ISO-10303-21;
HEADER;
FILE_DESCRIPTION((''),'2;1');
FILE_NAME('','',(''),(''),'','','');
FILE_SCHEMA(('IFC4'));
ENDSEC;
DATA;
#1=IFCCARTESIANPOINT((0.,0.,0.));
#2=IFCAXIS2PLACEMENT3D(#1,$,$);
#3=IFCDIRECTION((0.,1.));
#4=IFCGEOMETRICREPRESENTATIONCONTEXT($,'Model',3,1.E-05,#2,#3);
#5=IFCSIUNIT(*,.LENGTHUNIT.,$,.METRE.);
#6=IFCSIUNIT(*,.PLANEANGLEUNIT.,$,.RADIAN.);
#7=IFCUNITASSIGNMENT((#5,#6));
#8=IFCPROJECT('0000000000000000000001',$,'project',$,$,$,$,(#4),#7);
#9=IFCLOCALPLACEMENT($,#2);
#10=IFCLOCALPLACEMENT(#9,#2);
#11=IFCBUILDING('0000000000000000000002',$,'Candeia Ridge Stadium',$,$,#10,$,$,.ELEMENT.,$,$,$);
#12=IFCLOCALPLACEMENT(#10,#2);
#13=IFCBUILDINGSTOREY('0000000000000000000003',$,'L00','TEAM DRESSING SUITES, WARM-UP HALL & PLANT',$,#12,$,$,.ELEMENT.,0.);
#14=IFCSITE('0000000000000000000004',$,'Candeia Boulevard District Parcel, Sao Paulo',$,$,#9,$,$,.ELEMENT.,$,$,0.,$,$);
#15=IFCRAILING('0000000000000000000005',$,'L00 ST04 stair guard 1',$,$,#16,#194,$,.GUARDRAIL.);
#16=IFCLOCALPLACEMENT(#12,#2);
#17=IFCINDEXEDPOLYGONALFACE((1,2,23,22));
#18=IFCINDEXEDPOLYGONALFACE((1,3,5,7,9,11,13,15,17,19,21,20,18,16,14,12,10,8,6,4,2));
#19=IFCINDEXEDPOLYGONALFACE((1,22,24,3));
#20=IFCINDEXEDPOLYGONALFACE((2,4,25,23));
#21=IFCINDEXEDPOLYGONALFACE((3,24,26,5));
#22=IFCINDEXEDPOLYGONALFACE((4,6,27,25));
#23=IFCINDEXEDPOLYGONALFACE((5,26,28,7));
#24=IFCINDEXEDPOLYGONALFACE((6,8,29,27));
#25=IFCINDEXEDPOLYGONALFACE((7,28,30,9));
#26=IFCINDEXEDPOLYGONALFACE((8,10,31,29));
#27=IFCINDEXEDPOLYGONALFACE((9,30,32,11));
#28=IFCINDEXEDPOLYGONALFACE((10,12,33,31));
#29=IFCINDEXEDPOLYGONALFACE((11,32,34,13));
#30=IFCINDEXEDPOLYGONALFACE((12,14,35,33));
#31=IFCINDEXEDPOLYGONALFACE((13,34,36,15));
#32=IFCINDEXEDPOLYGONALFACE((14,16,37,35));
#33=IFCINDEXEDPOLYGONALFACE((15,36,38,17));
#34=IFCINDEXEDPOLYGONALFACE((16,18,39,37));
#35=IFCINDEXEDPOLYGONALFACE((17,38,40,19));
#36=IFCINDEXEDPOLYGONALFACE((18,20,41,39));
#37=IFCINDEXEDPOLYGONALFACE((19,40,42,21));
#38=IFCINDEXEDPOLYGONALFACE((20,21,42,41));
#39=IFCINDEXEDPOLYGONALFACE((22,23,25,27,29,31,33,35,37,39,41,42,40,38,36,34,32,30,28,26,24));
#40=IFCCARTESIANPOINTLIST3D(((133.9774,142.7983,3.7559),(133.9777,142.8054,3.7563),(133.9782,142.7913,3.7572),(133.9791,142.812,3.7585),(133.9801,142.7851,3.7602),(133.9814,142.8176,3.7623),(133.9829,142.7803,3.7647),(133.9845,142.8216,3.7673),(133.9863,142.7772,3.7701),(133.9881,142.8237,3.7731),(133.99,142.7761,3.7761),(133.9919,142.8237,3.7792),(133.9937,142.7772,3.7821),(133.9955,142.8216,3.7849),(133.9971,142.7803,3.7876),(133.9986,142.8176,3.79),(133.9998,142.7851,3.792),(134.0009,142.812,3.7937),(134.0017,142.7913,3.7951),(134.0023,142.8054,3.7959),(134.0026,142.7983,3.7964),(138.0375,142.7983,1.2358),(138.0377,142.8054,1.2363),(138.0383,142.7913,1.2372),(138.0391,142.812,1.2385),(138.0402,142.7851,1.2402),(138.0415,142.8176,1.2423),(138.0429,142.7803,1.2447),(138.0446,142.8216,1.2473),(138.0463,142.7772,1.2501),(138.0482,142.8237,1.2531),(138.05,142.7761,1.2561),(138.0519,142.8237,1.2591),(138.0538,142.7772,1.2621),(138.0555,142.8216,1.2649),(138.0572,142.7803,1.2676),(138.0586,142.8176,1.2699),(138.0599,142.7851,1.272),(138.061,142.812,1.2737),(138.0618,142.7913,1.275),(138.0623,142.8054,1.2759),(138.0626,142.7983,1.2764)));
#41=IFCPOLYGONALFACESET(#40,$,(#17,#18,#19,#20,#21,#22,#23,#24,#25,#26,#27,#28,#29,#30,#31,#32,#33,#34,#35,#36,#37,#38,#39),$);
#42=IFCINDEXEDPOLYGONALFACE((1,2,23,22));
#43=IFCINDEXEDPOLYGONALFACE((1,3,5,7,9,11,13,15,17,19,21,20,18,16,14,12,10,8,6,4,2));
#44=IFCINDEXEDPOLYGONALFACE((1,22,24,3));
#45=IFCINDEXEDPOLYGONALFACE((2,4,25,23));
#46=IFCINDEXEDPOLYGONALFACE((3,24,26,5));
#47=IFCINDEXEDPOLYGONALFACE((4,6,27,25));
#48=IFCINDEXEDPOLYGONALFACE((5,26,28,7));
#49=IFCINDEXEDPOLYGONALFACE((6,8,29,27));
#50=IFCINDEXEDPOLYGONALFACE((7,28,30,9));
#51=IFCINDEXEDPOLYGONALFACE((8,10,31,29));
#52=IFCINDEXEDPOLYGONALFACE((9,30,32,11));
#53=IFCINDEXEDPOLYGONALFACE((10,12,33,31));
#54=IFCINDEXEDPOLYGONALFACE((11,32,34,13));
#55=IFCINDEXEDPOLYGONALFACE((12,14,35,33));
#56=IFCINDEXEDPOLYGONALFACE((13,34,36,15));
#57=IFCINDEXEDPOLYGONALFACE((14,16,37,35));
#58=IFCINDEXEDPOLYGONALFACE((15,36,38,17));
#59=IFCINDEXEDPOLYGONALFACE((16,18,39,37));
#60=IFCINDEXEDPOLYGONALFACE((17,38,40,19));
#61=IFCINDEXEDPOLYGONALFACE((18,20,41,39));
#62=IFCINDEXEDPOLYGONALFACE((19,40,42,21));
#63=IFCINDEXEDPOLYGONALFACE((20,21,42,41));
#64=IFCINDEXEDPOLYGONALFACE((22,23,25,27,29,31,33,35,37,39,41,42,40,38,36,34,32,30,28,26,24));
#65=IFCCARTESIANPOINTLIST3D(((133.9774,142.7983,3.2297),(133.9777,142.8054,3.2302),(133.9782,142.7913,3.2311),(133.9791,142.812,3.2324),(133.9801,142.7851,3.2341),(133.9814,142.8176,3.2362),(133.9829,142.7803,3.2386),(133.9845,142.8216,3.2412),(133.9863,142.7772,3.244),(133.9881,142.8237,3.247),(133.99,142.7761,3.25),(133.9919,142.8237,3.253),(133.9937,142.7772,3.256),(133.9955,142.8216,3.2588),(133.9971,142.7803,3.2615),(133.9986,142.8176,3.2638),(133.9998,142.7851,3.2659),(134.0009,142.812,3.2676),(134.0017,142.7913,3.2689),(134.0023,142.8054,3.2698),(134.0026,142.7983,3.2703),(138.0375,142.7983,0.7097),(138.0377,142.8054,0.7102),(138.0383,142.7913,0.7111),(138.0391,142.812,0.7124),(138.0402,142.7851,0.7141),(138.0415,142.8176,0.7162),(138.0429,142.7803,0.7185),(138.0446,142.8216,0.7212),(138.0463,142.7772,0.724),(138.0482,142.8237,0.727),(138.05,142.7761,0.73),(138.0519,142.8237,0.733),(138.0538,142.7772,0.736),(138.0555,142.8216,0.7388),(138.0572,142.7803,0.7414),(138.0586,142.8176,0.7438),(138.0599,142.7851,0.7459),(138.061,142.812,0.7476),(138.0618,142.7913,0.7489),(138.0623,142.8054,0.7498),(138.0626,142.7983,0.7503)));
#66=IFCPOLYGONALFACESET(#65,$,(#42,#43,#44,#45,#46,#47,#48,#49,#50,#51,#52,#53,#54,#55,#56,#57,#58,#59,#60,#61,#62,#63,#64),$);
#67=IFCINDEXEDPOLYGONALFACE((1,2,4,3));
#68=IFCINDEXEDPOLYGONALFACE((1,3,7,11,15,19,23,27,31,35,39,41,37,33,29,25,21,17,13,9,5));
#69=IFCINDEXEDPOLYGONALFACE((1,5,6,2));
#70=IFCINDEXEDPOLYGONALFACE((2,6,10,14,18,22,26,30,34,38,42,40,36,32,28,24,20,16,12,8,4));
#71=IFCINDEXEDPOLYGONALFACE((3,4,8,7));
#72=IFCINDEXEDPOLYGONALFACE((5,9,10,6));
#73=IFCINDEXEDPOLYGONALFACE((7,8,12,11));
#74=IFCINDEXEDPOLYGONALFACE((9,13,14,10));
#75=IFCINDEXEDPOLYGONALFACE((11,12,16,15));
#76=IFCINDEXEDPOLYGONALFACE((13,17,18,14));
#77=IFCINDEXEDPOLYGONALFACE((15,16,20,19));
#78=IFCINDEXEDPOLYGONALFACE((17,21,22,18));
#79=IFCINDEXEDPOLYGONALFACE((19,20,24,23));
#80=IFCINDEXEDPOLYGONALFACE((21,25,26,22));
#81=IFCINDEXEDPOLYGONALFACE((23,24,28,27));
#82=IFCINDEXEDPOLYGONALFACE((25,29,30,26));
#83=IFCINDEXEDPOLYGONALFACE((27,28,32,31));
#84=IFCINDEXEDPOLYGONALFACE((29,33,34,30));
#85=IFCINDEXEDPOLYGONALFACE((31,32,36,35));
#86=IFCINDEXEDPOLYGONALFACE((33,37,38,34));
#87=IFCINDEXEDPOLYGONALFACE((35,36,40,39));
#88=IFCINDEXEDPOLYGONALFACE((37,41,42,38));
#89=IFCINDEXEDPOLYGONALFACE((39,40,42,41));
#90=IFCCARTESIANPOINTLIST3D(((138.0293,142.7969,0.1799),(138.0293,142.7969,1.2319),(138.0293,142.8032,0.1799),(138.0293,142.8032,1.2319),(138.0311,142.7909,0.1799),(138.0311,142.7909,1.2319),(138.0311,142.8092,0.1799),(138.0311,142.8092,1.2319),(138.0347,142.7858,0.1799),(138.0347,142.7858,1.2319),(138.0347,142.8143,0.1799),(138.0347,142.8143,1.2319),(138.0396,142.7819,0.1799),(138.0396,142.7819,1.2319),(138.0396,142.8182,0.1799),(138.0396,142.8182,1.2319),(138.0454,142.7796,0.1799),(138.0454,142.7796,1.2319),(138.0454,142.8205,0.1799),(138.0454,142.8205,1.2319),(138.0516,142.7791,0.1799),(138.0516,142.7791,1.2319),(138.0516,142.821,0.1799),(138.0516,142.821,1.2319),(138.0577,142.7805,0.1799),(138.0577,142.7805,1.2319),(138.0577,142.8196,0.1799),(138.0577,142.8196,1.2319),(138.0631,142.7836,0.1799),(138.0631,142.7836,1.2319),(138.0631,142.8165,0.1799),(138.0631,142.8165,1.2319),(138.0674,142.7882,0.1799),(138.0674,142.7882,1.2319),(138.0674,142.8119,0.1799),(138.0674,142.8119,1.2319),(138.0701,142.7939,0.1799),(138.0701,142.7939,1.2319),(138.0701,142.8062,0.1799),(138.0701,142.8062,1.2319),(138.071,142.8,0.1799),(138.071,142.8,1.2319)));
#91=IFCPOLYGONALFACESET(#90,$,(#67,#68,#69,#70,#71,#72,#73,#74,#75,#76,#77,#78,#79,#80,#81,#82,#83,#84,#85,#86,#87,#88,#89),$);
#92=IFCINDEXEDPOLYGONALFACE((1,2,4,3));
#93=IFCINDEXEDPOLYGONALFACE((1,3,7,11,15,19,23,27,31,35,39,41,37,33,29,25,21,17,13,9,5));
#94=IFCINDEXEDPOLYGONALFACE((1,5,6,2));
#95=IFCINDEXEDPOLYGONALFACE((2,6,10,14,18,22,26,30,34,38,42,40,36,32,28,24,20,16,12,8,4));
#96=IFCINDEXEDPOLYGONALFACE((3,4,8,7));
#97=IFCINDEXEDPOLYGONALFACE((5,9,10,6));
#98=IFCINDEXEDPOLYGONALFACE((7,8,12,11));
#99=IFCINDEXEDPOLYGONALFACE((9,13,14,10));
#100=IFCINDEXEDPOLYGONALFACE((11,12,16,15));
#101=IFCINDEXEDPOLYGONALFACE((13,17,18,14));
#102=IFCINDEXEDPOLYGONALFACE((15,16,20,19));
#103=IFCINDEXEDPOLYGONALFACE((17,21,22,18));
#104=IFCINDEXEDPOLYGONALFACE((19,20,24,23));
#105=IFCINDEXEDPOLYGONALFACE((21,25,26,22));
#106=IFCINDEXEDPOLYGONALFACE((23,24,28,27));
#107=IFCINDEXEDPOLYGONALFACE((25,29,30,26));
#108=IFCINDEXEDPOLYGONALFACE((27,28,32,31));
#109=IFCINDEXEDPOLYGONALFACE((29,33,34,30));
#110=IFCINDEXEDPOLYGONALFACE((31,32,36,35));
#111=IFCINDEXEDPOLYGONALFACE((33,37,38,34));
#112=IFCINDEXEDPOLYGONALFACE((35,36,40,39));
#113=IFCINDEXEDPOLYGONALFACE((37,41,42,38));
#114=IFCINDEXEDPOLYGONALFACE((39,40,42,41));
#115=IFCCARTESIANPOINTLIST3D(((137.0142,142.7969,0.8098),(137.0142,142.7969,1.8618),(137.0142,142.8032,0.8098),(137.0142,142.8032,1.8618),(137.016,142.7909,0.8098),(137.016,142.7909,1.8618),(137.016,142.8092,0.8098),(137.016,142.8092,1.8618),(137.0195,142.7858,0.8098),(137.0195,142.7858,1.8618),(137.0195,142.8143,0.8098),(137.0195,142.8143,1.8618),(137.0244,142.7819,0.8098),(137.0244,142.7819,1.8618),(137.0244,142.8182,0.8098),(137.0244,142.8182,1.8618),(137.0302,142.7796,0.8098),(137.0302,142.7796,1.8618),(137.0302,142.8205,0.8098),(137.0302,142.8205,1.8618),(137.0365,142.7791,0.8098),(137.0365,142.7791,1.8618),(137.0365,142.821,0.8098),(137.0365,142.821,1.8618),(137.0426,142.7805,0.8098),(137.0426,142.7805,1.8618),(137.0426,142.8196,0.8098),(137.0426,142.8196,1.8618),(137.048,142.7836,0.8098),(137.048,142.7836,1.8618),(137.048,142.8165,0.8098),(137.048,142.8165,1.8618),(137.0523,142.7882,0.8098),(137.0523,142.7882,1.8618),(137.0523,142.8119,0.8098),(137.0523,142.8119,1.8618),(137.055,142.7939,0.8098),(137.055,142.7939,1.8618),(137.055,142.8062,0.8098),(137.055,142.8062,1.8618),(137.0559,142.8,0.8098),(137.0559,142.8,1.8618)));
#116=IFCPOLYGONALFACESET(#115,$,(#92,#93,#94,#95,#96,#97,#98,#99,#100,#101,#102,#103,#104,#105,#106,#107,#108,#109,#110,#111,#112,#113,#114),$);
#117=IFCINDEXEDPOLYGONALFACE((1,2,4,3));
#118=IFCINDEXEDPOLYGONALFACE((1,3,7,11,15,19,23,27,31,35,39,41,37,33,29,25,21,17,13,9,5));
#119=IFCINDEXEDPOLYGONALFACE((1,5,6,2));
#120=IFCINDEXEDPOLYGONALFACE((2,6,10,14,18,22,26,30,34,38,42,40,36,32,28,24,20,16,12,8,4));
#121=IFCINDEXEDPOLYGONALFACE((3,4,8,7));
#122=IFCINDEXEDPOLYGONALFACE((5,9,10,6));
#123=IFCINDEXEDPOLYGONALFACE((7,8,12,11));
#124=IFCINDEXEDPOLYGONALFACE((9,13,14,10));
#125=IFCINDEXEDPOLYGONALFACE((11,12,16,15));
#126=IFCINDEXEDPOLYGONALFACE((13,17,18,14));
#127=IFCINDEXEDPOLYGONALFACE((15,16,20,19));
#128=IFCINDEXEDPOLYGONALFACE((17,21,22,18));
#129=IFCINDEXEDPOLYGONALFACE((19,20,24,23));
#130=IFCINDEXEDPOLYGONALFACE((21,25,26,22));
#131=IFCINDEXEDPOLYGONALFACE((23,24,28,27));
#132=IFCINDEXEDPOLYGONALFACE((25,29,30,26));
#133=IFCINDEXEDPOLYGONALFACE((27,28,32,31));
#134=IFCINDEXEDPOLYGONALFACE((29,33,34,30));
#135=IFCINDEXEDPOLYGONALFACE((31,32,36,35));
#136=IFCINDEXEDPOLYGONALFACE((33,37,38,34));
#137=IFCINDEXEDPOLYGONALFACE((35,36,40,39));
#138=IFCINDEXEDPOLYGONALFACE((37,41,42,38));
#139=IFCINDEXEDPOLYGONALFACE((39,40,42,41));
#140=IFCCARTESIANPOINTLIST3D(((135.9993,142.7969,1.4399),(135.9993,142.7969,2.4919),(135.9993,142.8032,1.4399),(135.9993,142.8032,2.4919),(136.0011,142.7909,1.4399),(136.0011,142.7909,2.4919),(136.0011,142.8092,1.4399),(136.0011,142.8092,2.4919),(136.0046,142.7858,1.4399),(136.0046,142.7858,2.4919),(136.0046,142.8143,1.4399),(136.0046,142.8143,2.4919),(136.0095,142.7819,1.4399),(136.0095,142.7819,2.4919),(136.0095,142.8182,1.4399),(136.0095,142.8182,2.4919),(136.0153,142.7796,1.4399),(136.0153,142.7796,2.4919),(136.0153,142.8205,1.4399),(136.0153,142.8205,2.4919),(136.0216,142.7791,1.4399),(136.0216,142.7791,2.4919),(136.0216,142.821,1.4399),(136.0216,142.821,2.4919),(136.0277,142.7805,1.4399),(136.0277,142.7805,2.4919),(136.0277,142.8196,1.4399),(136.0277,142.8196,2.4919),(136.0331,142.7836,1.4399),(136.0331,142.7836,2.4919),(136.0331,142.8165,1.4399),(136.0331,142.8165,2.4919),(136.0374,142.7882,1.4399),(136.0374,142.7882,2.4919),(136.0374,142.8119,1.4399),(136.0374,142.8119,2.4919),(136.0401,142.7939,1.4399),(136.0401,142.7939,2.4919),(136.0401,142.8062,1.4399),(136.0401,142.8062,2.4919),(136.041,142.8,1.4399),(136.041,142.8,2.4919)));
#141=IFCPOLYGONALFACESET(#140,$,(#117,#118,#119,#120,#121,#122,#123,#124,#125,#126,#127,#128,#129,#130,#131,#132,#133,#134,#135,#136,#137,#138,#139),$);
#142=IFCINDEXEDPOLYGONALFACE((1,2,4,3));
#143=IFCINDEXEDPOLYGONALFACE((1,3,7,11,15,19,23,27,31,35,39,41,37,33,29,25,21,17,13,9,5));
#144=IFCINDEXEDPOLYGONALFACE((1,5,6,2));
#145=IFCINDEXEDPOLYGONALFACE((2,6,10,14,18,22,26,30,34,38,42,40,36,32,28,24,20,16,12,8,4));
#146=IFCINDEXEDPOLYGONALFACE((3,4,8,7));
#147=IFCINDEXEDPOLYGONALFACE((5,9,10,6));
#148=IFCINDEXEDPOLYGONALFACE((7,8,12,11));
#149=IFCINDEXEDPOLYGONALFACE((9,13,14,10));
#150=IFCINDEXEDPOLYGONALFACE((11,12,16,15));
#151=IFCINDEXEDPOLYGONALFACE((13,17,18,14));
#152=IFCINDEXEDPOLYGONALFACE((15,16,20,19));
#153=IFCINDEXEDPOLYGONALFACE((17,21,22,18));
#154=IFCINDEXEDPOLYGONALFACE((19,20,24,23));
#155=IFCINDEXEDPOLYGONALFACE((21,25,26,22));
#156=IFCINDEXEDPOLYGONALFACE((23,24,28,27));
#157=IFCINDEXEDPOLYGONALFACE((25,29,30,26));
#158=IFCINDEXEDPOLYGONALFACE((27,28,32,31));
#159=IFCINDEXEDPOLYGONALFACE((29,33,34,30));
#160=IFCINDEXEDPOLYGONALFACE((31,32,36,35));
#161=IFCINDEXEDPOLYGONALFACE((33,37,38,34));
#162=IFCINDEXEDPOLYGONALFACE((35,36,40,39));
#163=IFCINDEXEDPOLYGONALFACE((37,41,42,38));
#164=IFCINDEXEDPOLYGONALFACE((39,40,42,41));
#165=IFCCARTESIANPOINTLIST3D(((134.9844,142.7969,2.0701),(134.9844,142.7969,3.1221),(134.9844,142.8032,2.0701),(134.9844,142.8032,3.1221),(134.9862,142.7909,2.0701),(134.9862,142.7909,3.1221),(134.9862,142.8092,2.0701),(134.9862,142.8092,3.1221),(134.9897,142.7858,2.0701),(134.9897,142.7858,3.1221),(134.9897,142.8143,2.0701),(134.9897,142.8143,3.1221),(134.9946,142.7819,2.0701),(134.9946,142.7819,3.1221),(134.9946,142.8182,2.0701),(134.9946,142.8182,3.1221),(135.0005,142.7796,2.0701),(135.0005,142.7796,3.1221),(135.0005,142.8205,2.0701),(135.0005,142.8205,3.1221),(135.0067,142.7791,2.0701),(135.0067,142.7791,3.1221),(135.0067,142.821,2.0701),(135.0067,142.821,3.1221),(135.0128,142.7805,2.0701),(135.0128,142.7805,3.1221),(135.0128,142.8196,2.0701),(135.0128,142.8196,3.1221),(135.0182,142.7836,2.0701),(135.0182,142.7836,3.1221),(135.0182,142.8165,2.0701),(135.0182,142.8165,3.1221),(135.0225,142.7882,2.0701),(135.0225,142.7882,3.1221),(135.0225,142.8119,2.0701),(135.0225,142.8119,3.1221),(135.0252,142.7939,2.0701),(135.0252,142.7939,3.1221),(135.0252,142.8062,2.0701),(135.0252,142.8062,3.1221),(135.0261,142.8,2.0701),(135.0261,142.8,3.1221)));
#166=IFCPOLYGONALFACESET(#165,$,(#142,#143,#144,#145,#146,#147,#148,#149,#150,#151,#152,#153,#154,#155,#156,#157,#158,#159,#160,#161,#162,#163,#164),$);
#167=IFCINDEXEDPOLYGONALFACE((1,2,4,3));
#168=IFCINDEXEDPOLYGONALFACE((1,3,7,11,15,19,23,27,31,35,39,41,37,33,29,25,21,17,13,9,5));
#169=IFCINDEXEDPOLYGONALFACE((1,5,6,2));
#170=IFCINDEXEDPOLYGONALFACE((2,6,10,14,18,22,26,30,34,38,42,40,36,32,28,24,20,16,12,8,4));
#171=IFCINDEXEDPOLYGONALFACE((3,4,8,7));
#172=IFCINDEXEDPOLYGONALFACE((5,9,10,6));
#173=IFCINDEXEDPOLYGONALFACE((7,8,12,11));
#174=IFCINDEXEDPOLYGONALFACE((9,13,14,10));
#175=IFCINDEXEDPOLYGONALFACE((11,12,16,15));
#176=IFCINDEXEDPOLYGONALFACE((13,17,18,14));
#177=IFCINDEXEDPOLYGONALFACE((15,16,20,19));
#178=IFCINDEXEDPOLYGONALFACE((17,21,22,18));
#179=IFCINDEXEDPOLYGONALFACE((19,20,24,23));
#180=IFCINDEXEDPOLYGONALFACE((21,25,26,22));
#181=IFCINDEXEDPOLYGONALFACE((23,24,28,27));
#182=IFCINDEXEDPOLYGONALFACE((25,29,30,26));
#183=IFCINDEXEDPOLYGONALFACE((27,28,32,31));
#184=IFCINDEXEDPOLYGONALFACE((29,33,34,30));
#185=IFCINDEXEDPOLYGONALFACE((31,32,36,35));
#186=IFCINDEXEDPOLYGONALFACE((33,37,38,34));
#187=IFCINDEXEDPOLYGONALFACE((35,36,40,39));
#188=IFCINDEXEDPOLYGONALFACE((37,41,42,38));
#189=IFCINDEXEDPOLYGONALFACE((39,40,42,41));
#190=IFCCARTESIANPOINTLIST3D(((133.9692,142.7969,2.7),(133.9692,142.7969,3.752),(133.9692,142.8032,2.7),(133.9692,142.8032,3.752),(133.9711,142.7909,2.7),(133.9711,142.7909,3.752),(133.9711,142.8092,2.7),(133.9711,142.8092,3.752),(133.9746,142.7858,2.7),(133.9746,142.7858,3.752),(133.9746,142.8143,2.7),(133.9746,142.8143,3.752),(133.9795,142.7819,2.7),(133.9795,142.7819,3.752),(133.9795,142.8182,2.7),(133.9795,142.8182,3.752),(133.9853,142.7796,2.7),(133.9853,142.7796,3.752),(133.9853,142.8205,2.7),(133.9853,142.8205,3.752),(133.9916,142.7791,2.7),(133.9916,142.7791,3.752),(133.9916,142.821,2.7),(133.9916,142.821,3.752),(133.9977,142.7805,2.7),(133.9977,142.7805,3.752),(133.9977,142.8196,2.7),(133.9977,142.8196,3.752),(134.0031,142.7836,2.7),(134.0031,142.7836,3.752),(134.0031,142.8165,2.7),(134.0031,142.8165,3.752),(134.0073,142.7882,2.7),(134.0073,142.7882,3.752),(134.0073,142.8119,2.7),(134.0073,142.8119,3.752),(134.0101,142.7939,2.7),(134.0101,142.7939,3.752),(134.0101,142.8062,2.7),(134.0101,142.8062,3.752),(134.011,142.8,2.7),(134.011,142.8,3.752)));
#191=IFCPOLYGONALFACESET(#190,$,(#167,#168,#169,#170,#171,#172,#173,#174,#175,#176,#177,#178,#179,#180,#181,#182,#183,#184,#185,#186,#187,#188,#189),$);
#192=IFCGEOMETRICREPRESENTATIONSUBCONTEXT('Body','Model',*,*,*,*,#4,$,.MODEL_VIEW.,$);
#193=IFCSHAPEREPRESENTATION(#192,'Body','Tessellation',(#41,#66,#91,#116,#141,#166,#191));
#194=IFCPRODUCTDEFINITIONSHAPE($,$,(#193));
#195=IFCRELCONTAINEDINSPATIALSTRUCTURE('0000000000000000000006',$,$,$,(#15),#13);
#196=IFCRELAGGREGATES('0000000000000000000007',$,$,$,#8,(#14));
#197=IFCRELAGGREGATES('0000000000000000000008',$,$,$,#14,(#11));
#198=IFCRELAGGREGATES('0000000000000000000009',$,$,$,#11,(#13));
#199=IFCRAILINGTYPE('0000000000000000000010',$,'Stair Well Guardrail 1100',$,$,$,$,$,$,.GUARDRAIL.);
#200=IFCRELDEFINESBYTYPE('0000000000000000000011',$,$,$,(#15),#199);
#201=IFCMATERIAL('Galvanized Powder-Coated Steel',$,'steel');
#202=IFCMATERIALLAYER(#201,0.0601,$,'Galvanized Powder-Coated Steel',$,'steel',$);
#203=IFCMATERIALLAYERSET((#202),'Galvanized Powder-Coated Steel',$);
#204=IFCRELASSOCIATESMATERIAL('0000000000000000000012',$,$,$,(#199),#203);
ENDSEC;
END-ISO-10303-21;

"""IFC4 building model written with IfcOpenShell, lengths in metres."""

from ifc_helpers import new_model, si_unit, direction, frame, origin, origin_2d, place, context, subcontext, project, spatial, circle, extrude, material, layer, layer_set, type_object, element, save


model = new_model("IFC4")

# Units and contexts
model_context = context("Model", 3, precision=1e-05, world=origin(), true_north=direction((0.0, 1.0)))
body_context = subcontext(model_context, "Body", "Model", "MODEL_VIEW")
ifc_project = project(units=[si_unit("LENGTHUNIT", "METRE"), si_unit("PLANEANGLEUNIT", "RADIAN")], contexts=[model_context])

# Site, building, storey
site_placement = place(None, origin())
site = spatial("IfcSite", under=ifc_project, at=site_placement, Name="Candeia Boulevard District Parcel, Sao Paulo", CompositionType="ELEMENT", RefElevation=0.0)
building_placement = place(site_placement, origin())
building = spatial("IfcBuilding", under=site, at=building_placement, Name="Candeia Ridge Stadium", CompositionType="ELEMENT")
storey_placement = place(building_placement, origin())
storey = spatial("IfcBuildingStorey", under=building, at=storey_placement, Name="L00", Description="TEAM DRESSING SUITES, WARM-UP HALL & PLANT", CompositionType="ELEMENT", Elevation=0.0)

# Railing
ifc_material_1 = material(Name="Galvanized Powder-Coated Steel", Category="steel")
ifc_layer_1 = layer(ifc_material_1, 0.0601, Name="Galvanized Powder-Coated Steel", Category="steel")
ifc_layer_set_1 = layer_set([ifc_layer_1], Name="Galvanized Powder-Coated Steel")
railing_type_1 = type_object("IfcRailingType", Name="Stair Well Guardrail 1100", PredefinedType="GUARDRAIL", material=ifc_layer_set_1)
railing_1_placement = place(storey_placement, frame((138.05, 142.8, 0.1799)))
element("IfcRailing", 1, at=railing_1_placement, inside=storey, type_object=railing_type_1, Name="L00 ST04 stair guard 1", PredefinedType="GUARDRAIL", context=body_context, shape_type="SweptSolid", body=[
    extrude(circle(Radius=0.0239, at=origin_2d()), frame((0.0, 0.0, 1.0762), z_axis=(-0.849642, 0.0, 0.52736), x_axis=(0.0, -1.0, 0.0)), (0.0, 0.0, 1.0), 4.7786),
    extrude(circle(Radius=0.0239, at=origin_2d()), frame((0.0, 0.0, 0.55), z_axis=(-0.849642, 0.0, 0.52736), x_axis=(0.0, -1.0, 0.0)), (0.0, 0.0, 1.0), 4.7786),
    extrude(circle(Radius=0.021, at=origin_2d()), origin(), (0.0, 0.0, 1.0), 1.052),
    extrude(circle(Radius=0.021, at=origin_2d()), frame((-1.0151, 0.0, 0.6299)), (0.0, 0.0, 1.0), 1.052),
    extrude(circle(Radius=0.021, at=origin_2d()), frame((-2.03, 0.0, 1.26)), (0.0, 0.0, 1.0), 1.052),
    extrude(circle(Radius=0.021, at=origin_2d()), frame((-3.0449, 0.0, 1.8901)), (0.0, 0.0, 1.0), 1.052),
    extrude(circle(Radius=0.021, at=origin_2d()), frame((-4.0601, 0.0, 2.52)), (0.0, 0.0, 1.0), 1.052),
])

save(model, "model.ifc")
